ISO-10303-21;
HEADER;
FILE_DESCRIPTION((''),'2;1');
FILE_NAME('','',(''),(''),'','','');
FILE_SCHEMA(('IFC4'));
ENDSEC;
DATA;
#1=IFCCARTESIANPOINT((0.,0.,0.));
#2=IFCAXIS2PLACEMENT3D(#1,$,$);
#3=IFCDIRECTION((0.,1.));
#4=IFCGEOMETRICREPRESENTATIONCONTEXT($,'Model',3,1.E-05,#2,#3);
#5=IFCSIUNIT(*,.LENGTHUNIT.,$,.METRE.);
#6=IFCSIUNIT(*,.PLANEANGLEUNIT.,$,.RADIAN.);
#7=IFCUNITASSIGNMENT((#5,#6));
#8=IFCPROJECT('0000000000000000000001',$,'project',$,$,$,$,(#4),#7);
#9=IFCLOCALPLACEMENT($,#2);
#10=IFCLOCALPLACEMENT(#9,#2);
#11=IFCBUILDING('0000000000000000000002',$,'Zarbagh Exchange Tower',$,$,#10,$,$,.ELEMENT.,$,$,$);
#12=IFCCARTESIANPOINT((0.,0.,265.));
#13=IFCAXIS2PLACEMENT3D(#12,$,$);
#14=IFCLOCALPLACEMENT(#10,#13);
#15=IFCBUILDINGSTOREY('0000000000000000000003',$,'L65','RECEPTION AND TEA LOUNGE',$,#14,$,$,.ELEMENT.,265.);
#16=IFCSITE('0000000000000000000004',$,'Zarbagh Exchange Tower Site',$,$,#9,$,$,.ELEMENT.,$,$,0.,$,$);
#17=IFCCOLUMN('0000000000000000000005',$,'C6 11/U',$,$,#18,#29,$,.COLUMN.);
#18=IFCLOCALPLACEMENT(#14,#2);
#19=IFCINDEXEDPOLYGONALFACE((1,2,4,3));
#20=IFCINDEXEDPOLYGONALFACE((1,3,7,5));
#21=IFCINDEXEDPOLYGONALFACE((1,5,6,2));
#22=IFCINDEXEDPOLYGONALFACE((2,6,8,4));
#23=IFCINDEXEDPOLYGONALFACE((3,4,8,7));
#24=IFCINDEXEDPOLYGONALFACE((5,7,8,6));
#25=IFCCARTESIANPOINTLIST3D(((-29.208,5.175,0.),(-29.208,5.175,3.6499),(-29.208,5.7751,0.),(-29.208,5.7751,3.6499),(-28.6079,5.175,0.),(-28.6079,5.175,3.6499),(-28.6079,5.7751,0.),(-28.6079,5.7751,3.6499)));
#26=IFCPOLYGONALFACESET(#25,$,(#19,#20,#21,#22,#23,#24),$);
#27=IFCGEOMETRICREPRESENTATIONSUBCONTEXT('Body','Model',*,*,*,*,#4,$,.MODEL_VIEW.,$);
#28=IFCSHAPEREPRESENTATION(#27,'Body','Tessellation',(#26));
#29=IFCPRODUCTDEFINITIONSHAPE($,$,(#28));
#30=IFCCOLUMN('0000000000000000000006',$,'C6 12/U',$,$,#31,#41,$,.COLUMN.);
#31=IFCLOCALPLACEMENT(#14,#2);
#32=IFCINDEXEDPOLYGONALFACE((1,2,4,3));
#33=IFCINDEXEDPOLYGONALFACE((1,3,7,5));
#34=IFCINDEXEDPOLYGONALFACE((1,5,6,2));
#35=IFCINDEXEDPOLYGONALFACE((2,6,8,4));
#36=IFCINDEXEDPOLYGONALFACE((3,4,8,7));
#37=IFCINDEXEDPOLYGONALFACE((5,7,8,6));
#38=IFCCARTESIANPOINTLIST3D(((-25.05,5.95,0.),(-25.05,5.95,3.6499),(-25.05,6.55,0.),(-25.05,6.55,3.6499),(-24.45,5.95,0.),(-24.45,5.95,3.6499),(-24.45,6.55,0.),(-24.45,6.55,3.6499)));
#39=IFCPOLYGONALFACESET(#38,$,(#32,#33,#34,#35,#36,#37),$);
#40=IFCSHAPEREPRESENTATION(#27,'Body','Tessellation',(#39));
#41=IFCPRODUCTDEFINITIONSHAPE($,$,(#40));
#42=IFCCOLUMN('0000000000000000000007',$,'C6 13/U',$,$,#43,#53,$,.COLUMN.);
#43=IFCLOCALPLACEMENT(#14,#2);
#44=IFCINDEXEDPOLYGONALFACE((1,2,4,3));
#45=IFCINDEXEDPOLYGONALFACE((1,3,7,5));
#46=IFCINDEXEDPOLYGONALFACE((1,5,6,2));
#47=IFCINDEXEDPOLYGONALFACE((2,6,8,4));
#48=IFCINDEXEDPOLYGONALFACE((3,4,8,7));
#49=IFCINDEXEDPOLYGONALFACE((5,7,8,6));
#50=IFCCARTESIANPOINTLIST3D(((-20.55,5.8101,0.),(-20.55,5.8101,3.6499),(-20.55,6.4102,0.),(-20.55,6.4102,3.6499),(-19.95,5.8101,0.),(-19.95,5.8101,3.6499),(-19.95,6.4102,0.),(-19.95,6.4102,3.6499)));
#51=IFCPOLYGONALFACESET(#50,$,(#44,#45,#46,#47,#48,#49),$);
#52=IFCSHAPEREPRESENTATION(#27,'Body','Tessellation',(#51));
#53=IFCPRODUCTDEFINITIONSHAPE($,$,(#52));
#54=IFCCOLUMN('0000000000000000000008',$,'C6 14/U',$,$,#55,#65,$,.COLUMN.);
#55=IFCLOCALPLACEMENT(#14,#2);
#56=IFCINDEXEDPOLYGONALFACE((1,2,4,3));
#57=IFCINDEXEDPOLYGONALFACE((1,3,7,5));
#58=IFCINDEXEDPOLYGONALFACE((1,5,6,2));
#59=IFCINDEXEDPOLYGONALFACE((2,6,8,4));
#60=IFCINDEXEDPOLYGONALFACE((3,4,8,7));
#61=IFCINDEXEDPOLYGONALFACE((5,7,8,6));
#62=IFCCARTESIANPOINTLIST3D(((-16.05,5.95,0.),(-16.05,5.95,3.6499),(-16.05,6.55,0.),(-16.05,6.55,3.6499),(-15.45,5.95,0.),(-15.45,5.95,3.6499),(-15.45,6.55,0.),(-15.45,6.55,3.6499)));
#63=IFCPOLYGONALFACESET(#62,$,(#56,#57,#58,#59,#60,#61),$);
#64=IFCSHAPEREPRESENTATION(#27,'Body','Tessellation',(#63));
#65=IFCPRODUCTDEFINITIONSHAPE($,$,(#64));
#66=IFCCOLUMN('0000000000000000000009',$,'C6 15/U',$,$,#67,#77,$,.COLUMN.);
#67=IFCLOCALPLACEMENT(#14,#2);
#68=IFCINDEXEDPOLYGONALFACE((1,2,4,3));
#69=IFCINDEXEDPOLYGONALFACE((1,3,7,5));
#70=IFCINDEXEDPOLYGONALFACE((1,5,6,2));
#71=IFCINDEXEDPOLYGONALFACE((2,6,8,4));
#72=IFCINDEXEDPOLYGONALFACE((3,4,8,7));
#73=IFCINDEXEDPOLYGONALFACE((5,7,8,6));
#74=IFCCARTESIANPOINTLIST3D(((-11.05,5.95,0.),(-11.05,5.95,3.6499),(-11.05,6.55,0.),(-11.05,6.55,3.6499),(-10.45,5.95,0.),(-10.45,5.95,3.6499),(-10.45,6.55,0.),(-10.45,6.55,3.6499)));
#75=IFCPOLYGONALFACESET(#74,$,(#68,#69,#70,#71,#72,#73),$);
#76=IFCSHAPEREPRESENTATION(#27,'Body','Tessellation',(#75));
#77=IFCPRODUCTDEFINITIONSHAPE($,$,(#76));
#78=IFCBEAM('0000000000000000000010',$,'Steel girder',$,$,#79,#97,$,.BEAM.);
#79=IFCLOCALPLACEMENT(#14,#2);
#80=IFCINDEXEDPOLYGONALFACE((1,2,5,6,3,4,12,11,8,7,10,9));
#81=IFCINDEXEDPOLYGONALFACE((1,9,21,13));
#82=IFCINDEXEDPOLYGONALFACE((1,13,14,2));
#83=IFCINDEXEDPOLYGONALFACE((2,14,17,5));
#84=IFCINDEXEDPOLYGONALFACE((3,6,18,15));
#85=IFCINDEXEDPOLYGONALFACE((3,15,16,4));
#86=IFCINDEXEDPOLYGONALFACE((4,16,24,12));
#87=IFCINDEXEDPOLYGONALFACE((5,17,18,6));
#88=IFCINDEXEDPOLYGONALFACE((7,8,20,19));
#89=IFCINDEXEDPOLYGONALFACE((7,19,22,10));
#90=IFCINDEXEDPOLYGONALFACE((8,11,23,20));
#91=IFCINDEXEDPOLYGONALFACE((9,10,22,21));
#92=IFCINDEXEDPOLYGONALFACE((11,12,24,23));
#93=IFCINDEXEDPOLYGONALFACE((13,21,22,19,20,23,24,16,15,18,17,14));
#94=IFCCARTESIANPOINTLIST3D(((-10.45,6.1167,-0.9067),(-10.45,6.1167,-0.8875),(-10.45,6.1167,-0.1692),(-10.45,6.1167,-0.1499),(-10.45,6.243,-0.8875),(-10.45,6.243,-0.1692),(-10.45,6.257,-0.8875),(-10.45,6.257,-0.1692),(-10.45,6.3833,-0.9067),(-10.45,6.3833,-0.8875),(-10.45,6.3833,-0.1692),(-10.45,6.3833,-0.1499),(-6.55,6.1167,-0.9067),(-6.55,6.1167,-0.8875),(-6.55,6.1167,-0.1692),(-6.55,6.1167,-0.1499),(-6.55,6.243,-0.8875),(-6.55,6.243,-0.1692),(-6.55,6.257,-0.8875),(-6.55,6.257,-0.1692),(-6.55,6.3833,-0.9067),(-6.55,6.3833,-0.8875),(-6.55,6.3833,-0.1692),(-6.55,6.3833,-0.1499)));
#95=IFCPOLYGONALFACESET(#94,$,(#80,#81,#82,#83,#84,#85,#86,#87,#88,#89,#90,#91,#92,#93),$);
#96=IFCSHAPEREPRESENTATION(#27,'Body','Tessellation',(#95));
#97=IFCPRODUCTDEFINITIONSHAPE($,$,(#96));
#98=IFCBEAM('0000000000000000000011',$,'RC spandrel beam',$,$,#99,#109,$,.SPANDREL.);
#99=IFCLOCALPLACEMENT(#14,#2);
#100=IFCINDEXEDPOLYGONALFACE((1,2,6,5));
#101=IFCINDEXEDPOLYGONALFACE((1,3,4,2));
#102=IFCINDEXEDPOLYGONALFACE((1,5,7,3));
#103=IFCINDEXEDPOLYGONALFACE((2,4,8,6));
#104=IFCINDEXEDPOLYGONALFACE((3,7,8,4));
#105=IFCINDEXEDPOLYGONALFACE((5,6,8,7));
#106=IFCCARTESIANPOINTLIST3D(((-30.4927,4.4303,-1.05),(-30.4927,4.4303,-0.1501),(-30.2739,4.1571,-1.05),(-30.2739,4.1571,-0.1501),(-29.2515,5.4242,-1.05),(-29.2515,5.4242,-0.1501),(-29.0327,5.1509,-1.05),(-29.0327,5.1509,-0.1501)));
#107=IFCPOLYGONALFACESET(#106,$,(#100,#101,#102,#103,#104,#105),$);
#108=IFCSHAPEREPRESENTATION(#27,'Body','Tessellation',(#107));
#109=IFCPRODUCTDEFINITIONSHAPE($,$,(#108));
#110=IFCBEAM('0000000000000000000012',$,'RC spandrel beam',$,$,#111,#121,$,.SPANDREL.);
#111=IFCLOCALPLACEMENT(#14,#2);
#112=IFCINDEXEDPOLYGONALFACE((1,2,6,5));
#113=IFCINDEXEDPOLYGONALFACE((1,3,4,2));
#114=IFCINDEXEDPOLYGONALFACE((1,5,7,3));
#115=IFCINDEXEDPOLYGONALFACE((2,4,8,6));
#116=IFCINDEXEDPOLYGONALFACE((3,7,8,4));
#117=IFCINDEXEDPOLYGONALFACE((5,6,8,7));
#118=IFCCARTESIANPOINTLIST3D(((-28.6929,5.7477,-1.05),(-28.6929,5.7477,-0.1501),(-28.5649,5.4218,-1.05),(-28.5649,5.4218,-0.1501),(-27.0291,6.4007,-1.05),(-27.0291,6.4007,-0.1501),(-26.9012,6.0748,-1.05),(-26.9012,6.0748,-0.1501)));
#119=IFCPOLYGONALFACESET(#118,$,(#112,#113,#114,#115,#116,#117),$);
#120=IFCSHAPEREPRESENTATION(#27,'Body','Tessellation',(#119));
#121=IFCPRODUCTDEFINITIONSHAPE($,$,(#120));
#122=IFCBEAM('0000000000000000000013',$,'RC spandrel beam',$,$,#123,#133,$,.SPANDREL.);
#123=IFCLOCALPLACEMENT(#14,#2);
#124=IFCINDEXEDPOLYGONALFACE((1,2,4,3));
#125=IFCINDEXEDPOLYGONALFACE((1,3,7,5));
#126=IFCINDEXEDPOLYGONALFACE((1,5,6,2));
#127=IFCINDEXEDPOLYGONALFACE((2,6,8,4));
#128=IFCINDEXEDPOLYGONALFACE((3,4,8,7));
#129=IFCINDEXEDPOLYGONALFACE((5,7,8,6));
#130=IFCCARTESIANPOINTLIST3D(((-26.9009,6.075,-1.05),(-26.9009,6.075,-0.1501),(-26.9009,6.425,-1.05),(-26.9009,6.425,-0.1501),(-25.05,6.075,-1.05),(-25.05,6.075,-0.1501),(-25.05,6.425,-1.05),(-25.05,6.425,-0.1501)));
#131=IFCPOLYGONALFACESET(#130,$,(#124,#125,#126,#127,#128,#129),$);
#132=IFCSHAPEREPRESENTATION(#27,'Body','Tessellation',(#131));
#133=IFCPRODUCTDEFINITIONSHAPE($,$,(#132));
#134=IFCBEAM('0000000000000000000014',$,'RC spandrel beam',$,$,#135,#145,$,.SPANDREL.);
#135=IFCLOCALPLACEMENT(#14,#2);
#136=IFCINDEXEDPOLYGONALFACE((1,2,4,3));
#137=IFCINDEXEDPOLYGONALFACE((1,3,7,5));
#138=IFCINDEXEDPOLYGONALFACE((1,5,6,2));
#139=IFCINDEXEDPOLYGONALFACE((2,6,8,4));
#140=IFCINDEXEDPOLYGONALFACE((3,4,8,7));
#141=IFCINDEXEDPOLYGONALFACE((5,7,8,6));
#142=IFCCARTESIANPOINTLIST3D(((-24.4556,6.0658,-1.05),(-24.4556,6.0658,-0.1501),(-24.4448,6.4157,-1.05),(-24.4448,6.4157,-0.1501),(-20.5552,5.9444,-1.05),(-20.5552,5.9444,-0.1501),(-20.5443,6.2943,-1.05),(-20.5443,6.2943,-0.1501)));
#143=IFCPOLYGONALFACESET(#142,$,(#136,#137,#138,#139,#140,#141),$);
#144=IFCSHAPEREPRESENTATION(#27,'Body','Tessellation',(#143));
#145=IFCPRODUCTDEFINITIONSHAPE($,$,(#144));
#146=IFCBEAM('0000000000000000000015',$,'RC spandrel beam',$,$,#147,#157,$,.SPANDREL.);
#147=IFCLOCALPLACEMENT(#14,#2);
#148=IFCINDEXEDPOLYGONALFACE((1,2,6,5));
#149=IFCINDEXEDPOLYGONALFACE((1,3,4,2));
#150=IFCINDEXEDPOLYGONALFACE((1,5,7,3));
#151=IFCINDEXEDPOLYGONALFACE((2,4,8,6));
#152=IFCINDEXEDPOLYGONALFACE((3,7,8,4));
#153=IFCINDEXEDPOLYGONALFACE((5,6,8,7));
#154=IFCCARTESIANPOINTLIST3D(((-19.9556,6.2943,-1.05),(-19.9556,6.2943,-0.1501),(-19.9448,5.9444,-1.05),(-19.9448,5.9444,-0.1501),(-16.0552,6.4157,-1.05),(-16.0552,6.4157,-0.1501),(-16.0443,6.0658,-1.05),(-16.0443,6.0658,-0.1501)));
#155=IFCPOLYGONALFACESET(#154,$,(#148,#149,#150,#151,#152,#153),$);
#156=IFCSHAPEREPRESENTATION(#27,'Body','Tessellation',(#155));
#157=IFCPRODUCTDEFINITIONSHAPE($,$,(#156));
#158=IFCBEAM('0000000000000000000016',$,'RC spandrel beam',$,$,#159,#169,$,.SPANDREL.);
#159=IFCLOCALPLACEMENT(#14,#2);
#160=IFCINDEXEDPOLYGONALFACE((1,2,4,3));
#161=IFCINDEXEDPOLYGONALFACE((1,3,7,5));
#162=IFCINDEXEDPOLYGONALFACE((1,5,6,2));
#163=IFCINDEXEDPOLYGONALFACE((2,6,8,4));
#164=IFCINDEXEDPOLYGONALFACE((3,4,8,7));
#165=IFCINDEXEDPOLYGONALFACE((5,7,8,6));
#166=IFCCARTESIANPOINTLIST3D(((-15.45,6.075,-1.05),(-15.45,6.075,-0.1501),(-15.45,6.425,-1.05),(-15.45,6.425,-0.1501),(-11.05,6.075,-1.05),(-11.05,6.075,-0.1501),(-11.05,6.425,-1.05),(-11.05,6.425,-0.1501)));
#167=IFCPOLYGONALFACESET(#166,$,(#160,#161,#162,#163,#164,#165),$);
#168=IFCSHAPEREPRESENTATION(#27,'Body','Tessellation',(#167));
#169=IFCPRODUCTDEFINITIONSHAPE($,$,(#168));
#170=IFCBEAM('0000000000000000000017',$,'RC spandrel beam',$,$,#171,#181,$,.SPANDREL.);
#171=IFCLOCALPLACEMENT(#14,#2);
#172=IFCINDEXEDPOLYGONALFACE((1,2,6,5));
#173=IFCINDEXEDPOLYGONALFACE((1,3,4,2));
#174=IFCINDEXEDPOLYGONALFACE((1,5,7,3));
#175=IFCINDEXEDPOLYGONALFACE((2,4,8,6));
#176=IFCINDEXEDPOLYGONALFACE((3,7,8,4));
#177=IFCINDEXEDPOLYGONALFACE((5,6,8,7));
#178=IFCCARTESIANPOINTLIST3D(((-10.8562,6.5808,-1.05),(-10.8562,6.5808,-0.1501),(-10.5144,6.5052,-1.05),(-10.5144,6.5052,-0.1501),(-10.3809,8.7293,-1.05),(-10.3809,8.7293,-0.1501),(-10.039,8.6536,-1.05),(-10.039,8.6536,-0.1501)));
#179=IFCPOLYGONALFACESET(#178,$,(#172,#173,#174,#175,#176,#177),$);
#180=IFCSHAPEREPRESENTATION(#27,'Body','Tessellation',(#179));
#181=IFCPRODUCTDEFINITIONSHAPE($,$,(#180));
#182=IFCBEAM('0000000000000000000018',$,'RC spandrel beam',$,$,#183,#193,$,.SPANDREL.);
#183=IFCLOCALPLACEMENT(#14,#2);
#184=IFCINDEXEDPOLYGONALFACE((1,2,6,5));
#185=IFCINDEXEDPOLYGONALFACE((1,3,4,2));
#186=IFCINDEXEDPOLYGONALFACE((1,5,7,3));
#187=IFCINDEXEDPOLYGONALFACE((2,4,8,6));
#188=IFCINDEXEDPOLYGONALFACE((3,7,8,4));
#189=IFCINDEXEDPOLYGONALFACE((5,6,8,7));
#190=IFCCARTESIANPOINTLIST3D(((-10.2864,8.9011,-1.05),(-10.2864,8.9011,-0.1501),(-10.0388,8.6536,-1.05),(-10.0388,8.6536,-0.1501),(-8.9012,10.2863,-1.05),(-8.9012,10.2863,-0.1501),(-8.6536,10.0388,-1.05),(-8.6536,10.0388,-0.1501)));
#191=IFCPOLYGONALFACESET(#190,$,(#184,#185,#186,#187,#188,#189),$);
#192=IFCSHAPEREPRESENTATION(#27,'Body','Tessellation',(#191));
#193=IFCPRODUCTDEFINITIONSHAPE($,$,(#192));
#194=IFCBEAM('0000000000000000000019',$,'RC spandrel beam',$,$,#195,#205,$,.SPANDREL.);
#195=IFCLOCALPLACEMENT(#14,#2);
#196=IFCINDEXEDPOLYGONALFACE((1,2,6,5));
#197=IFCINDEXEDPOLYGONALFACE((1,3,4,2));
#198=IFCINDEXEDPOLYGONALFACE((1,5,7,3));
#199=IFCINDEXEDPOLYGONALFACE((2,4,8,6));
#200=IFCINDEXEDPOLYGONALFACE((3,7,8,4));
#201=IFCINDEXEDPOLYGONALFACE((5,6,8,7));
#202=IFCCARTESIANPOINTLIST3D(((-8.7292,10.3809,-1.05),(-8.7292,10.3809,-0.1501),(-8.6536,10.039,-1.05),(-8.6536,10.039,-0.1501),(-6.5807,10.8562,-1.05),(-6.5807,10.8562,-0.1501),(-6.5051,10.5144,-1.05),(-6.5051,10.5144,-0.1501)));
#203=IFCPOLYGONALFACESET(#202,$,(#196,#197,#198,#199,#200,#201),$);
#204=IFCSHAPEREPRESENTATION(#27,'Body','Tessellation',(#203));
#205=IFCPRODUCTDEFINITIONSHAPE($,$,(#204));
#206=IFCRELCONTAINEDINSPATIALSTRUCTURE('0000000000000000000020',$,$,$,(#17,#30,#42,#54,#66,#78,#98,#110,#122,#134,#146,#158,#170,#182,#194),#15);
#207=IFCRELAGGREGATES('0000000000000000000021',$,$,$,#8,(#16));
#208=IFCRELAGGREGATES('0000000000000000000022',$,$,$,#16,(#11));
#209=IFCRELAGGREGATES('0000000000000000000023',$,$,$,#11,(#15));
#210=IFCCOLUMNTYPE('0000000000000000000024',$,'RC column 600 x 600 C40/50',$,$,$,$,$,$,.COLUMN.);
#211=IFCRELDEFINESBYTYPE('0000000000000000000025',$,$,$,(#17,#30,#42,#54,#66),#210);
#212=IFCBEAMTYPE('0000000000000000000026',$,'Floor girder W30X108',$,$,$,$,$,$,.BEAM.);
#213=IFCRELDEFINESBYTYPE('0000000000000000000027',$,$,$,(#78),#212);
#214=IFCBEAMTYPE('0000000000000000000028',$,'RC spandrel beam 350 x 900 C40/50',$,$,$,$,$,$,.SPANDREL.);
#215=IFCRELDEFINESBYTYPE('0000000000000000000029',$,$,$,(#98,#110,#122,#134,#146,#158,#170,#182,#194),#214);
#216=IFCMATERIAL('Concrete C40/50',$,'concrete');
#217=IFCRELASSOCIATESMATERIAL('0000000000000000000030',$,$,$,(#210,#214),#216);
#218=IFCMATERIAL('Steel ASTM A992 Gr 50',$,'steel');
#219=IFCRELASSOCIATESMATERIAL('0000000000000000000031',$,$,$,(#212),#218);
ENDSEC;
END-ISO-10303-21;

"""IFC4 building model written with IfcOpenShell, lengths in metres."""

from ifc_helpers import new_model, si_unit, direction, frame, origin, origin_2d, place, context, subcontext, project, spatial, rectangle, i_section, extrude, material, material_profile, profile_set, type_object, element, save


model = new_model("IFC4")

# Units and contexts
model_context = context("Model", 3, precision=1e-05, world=origin(), true_north=direction((0.0, 1.0)))
body_context = subcontext(model_context, "Body", "Model", "MODEL_VIEW")
ifc_project = project(units=[si_unit("LENGTHUNIT", "METRE"), si_unit("PLANEANGLEUNIT", "RADIAN")], contexts=[model_context])

# Site, building, storey
site_placement = place(None, origin())
site = spatial("IfcSite", under=ifc_project, at=site_placement, Name="Zarbagh Exchange Tower Site", CompositionType="ELEMENT", RefElevation=0.0)
building_placement = place(site_placement, origin())
building = spatial("IfcBuilding", under=site, at=building_placement, Name="Zarbagh Exchange Tower", CompositionType="ELEMENT")
storey_placement = place(building_placement, frame((0.0, 0.0, 265.0)))
storey = spatial("IfcBuildingStorey", under=building, at=storey_placement, Name="L65", Description="RECEPTION AND TEA LOUNGE", CompositionType="ELEMENT", Elevation=265.0)

# Columns
ifc_material_1 = material(Name="Concrete C40/50", Category="concrete")
ifc_material_profile_1 = material_profile(ifc_material_1, rectangle(XDim=0.6001, YDim=0.6001, at=origin_2d()), Name="RC column 600 x 600 C40/50")
ifc_profile_set_1 = profile_set([ifc_material_profile_1], Name="Concrete C40/50")
column_type = type_object("IfcColumnType", Name="RC column 600 x 600 C40/50", PredefinedType="COLUMN", material=ifc_profile_set_1)
for number, where, z_axis, x_axis, name in (
    (1, (-28.908, 5.4751, 0.0), (0.0, 0.0, 1.0), (1.0, 0.0, 0.0), "C6 11/U"),
    (2, (-24.75, 6.25, 0.0), (0.0, 0.0, 1.0), (1.0, 0.0, 0.0), "C6 12/U"),
    (3, (-20.25, 6.1101, 0.0), (0.0, 0.0, 1.0), (1.0, 0.0, 0.0), "C6 13/U"),
    (4, (-15.75, 6.25, 0.0), (0.0, 0.0, 1.0), (1.0, 0.0, 0.0), "C6 14/U"),
    (5, (-10.75, 6.25, 0.0), (0.0, 0.0, 1.0), (1.0, 0.0, 0.0), "C6 15/U"),
):
    element("IfcColumn", number, at=place(storey_placement, frame(where, z_axis=z_axis, x_axis=x_axis)), inside=storey, type_object=column_type, Name=name, PredefinedType="COLUMN", context=body_context, shape_type="SweptSolid", body=[
        extrude(rectangle(XDim=0.6001, YDim=0.6001, at=origin_2d()), origin(), (0.0, 0.0, 1.0), 3.6499),
    ])

# Beams
ifc_material_2 = material(Name="Steel ASTM A992 Gr 50", Category="steel")
ifc_material_profile_2 = material_profile(ifc_material_2, i_section(OverallWidth=0.2666, OverallDepth=0.7568, WebThickness=0.0139, FlangeThickness=0.0193, at=origin_2d()), Name="W30X108")
ifc_profile_set_2 = profile_set([ifc_material_profile_2], Name="Steel ASTM A992 Gr 50")
beam_type_1 = type_object("IfcBeamType", Name="Floor girder W30X108", PredefinedType="BEAM", material=ifc_profile_set_2)
beam_1_placement = place(storey_placement, frame((-10.45, 6.25, -0.5283), z_axis=(1.0, 0.0, 0.0), x_axis=(0.0, 1.0, 0.0)))
element("IfcBeam", 6, at=beam_1_placement, inside=storey, type_object=beam_type_1, Name="Steel girder", PredefinedType="BEAM", context=body_context, shape_type="SweptSolid", body=[
    extrude(i_section(OverallWidth=0.2666, OverallDepth=0.7568, WebThickness=0.0139, FlangeThickness=0.0193, at=origin_2d()), origin(), (0.0, 0.0, 1.0), 3.8999),
])
ifc_material_profile_3 = material_profile(ifc_material_1, rectangle(XDim=0.3501, YDim=0.8999, at=origin_2d()), Name="RC spandrel beam 350 x 900 C40/50")
ifc_profile_set_3 = profile_set([ifc_material_profile_3], Name="Concrete C40/50")
beam_type_2 = type_object("IfcBeamType", Name="RC spandrel beam 350 x 900 C40/50", PredefinedType="SPANDREL", material=ifc_profile_set_3)
beam_2_placement = place(storey_placement, frame((-30.3833, 4.2937, -0.6001), z_axis=(0.780584, 0.625051, 0.0), x_axis=(-0.625051, 0.780584, 0.0)))
element("IfcBeam", 7, at=beam_2_placement, inside=storey, type_object=beam_type_2, Name="RC spandrel beam", PredefinedType="SPANDREL", context=body_context, shape_type="SweptSolid", body=[
    extrude(rectangle(XDim=0.3501, YDim=0.8999, at=origin_2d()), origin(), (0.0, 0.0, 1.0), 1.5901),
])
beam_3_placement = place(storey_placement, frame((-28.6289, 5.5847, -0.6001), z_axis=(0.930859, 0.365378, 0.0), x_axis=(-0.365378, 0.930859, 0.0)))
element("IfcBeam", 8, at=beam_3_placement, inside=storey, type_object=beam_type_2, Name="RC spandrel beam", PredefinedType="SPANDREL", context=body_context, shape_type="SweptSolid", body=[
    extrude(rectangle(XDim=0.3501, YDim=0.8999, at=origin_2d()), origin(), (0.0, 0.0, 1.0), 1.7874),
])
beam_4_placement = place(storey_placement, frame((-26.9009, 6.25, -0.6001), z_axis=(1.0, 0.0, 0.0), x_axis=(0.0, 1.0, 0.0)))
element("IfcBeam", 9, at=beam_4_placement, inside=storey, type_object=beam_type_2, Name="RC spandrel beam", PredefinedType="SPANDREL", context=body_context, shape_type="SweptSolid", body=[
    extrude(rectangle(XDim=0.3501, YDim=0.8999, at=origin_2d()), origin(), (0.0, 0.0, 1.0), 1.8508),
])
for number, where, z_axis, x_axis, name in (
    (10, (-24.4502, 6.2407, -0.6001), (0.999516, -0.031094, 0.0), (0.031094, 0.999516, 0.0), "RC spandrel beam"),
    (11, (-19.9502, 6.1194, -0.6001), (0.999516, 0.031094, 0.0), (-0.031094, 0.999516, 0.0), "RC spandrel beam"),
):
    element("IfcBeam", number, at=place(storey_placement, frame(where, z_axis=z_axis, x_axis=x_axis)), inside=storey, type_object=beam_type_2, Name=name, PredefinedType="SPANDREL", context=body_context, shape_type="SweptSolid", body=[
        extrude(rectangle(XDim=0.3501, YDim=0.8999, at=origin_2d()), origin(), (0.0, 0.0, 1.0), 3.9023),
    ])
beam_5_placement = place(storey_placement, frame((-15.45, 6.25, -0.6001), z_axis=(1.0, 0.0, 0.0), x_axis=(0.0, 1.0, 0.0)))
element("IfcBeam", 12, at=beam_5_placement, inside=storey, type_object=beam_type_2, Name="RC spandrel beam", PredefinedType="SPANDREL", context=body_context, shape_type="SweptSolid", body=[
    extrude(rectangle(XDim=0.3501, YDim=0.8999, at=origin_2d()), origin(), (0.0, 0.0, 1.0), 4.3999),
])
beam_6_placement = place(storey_placement, frame((-10.6853, 6.543, -0.6001), z_axis=(0.216026, 0.976388, 0.0), x_axis=(-0.976388, 0.216026, 0.0)))
element("IfcBeam", 13, at=beam_6_placement, inside=storey, type_object=beam_type_2, Name="RC spandrel beam", PredefinedType="SPANDREL", context=body_context, shape_type="SweptSolid", body=[
    extrude(rectangle(XDim=0.3501, YDim=0.8999, at=origin_2d()), origin(), (0.0, 0.0, 1.0), 2.2004),
])
beam_7_placement = place(storey_placement, frame((-10.1626, 8.7773, -0.6001), z_axis=(0.707107, 0.707107, 0.0), x_axis=(-0.707107, 0.707107, 0.0)))
element("IfcBeam", 14, at=beam_7_placement, inside=storey, type_object=beam_type_2, Name="RC spandrel beam", PredefinedType="SPANDREL", context=body_context, shape_type="SweptSolid", body=[
    extrude(rectangle(XDim=0.3501, YDim=0.8999, at=origin_2d()), origin(), (0.0, 0.0, 1.0), 1.959),
])
beam_8_placement = place(storey_placement, frame((-8.6914, 10.21, -0.6001), z_axis=(0.976388, 0.216026, 0.0), x_axis=(-0.216026, 0.976388, 0.0)))
element("IfcBeam", 15, at=beam_8_placement, inside=storey, type_object=beam_type_2, Name="RC spandrel beam", PredefinedType="SPANDREL", context=body_context, shape_type="SweptSolid", body=[
    extrude(rectangle(XDim=0.3501, YDim=0.8999, at=origin_2d()), origin(), (0.0, 0.0, 1.0), 2.2004),
])

save(model, "model.ifc")
